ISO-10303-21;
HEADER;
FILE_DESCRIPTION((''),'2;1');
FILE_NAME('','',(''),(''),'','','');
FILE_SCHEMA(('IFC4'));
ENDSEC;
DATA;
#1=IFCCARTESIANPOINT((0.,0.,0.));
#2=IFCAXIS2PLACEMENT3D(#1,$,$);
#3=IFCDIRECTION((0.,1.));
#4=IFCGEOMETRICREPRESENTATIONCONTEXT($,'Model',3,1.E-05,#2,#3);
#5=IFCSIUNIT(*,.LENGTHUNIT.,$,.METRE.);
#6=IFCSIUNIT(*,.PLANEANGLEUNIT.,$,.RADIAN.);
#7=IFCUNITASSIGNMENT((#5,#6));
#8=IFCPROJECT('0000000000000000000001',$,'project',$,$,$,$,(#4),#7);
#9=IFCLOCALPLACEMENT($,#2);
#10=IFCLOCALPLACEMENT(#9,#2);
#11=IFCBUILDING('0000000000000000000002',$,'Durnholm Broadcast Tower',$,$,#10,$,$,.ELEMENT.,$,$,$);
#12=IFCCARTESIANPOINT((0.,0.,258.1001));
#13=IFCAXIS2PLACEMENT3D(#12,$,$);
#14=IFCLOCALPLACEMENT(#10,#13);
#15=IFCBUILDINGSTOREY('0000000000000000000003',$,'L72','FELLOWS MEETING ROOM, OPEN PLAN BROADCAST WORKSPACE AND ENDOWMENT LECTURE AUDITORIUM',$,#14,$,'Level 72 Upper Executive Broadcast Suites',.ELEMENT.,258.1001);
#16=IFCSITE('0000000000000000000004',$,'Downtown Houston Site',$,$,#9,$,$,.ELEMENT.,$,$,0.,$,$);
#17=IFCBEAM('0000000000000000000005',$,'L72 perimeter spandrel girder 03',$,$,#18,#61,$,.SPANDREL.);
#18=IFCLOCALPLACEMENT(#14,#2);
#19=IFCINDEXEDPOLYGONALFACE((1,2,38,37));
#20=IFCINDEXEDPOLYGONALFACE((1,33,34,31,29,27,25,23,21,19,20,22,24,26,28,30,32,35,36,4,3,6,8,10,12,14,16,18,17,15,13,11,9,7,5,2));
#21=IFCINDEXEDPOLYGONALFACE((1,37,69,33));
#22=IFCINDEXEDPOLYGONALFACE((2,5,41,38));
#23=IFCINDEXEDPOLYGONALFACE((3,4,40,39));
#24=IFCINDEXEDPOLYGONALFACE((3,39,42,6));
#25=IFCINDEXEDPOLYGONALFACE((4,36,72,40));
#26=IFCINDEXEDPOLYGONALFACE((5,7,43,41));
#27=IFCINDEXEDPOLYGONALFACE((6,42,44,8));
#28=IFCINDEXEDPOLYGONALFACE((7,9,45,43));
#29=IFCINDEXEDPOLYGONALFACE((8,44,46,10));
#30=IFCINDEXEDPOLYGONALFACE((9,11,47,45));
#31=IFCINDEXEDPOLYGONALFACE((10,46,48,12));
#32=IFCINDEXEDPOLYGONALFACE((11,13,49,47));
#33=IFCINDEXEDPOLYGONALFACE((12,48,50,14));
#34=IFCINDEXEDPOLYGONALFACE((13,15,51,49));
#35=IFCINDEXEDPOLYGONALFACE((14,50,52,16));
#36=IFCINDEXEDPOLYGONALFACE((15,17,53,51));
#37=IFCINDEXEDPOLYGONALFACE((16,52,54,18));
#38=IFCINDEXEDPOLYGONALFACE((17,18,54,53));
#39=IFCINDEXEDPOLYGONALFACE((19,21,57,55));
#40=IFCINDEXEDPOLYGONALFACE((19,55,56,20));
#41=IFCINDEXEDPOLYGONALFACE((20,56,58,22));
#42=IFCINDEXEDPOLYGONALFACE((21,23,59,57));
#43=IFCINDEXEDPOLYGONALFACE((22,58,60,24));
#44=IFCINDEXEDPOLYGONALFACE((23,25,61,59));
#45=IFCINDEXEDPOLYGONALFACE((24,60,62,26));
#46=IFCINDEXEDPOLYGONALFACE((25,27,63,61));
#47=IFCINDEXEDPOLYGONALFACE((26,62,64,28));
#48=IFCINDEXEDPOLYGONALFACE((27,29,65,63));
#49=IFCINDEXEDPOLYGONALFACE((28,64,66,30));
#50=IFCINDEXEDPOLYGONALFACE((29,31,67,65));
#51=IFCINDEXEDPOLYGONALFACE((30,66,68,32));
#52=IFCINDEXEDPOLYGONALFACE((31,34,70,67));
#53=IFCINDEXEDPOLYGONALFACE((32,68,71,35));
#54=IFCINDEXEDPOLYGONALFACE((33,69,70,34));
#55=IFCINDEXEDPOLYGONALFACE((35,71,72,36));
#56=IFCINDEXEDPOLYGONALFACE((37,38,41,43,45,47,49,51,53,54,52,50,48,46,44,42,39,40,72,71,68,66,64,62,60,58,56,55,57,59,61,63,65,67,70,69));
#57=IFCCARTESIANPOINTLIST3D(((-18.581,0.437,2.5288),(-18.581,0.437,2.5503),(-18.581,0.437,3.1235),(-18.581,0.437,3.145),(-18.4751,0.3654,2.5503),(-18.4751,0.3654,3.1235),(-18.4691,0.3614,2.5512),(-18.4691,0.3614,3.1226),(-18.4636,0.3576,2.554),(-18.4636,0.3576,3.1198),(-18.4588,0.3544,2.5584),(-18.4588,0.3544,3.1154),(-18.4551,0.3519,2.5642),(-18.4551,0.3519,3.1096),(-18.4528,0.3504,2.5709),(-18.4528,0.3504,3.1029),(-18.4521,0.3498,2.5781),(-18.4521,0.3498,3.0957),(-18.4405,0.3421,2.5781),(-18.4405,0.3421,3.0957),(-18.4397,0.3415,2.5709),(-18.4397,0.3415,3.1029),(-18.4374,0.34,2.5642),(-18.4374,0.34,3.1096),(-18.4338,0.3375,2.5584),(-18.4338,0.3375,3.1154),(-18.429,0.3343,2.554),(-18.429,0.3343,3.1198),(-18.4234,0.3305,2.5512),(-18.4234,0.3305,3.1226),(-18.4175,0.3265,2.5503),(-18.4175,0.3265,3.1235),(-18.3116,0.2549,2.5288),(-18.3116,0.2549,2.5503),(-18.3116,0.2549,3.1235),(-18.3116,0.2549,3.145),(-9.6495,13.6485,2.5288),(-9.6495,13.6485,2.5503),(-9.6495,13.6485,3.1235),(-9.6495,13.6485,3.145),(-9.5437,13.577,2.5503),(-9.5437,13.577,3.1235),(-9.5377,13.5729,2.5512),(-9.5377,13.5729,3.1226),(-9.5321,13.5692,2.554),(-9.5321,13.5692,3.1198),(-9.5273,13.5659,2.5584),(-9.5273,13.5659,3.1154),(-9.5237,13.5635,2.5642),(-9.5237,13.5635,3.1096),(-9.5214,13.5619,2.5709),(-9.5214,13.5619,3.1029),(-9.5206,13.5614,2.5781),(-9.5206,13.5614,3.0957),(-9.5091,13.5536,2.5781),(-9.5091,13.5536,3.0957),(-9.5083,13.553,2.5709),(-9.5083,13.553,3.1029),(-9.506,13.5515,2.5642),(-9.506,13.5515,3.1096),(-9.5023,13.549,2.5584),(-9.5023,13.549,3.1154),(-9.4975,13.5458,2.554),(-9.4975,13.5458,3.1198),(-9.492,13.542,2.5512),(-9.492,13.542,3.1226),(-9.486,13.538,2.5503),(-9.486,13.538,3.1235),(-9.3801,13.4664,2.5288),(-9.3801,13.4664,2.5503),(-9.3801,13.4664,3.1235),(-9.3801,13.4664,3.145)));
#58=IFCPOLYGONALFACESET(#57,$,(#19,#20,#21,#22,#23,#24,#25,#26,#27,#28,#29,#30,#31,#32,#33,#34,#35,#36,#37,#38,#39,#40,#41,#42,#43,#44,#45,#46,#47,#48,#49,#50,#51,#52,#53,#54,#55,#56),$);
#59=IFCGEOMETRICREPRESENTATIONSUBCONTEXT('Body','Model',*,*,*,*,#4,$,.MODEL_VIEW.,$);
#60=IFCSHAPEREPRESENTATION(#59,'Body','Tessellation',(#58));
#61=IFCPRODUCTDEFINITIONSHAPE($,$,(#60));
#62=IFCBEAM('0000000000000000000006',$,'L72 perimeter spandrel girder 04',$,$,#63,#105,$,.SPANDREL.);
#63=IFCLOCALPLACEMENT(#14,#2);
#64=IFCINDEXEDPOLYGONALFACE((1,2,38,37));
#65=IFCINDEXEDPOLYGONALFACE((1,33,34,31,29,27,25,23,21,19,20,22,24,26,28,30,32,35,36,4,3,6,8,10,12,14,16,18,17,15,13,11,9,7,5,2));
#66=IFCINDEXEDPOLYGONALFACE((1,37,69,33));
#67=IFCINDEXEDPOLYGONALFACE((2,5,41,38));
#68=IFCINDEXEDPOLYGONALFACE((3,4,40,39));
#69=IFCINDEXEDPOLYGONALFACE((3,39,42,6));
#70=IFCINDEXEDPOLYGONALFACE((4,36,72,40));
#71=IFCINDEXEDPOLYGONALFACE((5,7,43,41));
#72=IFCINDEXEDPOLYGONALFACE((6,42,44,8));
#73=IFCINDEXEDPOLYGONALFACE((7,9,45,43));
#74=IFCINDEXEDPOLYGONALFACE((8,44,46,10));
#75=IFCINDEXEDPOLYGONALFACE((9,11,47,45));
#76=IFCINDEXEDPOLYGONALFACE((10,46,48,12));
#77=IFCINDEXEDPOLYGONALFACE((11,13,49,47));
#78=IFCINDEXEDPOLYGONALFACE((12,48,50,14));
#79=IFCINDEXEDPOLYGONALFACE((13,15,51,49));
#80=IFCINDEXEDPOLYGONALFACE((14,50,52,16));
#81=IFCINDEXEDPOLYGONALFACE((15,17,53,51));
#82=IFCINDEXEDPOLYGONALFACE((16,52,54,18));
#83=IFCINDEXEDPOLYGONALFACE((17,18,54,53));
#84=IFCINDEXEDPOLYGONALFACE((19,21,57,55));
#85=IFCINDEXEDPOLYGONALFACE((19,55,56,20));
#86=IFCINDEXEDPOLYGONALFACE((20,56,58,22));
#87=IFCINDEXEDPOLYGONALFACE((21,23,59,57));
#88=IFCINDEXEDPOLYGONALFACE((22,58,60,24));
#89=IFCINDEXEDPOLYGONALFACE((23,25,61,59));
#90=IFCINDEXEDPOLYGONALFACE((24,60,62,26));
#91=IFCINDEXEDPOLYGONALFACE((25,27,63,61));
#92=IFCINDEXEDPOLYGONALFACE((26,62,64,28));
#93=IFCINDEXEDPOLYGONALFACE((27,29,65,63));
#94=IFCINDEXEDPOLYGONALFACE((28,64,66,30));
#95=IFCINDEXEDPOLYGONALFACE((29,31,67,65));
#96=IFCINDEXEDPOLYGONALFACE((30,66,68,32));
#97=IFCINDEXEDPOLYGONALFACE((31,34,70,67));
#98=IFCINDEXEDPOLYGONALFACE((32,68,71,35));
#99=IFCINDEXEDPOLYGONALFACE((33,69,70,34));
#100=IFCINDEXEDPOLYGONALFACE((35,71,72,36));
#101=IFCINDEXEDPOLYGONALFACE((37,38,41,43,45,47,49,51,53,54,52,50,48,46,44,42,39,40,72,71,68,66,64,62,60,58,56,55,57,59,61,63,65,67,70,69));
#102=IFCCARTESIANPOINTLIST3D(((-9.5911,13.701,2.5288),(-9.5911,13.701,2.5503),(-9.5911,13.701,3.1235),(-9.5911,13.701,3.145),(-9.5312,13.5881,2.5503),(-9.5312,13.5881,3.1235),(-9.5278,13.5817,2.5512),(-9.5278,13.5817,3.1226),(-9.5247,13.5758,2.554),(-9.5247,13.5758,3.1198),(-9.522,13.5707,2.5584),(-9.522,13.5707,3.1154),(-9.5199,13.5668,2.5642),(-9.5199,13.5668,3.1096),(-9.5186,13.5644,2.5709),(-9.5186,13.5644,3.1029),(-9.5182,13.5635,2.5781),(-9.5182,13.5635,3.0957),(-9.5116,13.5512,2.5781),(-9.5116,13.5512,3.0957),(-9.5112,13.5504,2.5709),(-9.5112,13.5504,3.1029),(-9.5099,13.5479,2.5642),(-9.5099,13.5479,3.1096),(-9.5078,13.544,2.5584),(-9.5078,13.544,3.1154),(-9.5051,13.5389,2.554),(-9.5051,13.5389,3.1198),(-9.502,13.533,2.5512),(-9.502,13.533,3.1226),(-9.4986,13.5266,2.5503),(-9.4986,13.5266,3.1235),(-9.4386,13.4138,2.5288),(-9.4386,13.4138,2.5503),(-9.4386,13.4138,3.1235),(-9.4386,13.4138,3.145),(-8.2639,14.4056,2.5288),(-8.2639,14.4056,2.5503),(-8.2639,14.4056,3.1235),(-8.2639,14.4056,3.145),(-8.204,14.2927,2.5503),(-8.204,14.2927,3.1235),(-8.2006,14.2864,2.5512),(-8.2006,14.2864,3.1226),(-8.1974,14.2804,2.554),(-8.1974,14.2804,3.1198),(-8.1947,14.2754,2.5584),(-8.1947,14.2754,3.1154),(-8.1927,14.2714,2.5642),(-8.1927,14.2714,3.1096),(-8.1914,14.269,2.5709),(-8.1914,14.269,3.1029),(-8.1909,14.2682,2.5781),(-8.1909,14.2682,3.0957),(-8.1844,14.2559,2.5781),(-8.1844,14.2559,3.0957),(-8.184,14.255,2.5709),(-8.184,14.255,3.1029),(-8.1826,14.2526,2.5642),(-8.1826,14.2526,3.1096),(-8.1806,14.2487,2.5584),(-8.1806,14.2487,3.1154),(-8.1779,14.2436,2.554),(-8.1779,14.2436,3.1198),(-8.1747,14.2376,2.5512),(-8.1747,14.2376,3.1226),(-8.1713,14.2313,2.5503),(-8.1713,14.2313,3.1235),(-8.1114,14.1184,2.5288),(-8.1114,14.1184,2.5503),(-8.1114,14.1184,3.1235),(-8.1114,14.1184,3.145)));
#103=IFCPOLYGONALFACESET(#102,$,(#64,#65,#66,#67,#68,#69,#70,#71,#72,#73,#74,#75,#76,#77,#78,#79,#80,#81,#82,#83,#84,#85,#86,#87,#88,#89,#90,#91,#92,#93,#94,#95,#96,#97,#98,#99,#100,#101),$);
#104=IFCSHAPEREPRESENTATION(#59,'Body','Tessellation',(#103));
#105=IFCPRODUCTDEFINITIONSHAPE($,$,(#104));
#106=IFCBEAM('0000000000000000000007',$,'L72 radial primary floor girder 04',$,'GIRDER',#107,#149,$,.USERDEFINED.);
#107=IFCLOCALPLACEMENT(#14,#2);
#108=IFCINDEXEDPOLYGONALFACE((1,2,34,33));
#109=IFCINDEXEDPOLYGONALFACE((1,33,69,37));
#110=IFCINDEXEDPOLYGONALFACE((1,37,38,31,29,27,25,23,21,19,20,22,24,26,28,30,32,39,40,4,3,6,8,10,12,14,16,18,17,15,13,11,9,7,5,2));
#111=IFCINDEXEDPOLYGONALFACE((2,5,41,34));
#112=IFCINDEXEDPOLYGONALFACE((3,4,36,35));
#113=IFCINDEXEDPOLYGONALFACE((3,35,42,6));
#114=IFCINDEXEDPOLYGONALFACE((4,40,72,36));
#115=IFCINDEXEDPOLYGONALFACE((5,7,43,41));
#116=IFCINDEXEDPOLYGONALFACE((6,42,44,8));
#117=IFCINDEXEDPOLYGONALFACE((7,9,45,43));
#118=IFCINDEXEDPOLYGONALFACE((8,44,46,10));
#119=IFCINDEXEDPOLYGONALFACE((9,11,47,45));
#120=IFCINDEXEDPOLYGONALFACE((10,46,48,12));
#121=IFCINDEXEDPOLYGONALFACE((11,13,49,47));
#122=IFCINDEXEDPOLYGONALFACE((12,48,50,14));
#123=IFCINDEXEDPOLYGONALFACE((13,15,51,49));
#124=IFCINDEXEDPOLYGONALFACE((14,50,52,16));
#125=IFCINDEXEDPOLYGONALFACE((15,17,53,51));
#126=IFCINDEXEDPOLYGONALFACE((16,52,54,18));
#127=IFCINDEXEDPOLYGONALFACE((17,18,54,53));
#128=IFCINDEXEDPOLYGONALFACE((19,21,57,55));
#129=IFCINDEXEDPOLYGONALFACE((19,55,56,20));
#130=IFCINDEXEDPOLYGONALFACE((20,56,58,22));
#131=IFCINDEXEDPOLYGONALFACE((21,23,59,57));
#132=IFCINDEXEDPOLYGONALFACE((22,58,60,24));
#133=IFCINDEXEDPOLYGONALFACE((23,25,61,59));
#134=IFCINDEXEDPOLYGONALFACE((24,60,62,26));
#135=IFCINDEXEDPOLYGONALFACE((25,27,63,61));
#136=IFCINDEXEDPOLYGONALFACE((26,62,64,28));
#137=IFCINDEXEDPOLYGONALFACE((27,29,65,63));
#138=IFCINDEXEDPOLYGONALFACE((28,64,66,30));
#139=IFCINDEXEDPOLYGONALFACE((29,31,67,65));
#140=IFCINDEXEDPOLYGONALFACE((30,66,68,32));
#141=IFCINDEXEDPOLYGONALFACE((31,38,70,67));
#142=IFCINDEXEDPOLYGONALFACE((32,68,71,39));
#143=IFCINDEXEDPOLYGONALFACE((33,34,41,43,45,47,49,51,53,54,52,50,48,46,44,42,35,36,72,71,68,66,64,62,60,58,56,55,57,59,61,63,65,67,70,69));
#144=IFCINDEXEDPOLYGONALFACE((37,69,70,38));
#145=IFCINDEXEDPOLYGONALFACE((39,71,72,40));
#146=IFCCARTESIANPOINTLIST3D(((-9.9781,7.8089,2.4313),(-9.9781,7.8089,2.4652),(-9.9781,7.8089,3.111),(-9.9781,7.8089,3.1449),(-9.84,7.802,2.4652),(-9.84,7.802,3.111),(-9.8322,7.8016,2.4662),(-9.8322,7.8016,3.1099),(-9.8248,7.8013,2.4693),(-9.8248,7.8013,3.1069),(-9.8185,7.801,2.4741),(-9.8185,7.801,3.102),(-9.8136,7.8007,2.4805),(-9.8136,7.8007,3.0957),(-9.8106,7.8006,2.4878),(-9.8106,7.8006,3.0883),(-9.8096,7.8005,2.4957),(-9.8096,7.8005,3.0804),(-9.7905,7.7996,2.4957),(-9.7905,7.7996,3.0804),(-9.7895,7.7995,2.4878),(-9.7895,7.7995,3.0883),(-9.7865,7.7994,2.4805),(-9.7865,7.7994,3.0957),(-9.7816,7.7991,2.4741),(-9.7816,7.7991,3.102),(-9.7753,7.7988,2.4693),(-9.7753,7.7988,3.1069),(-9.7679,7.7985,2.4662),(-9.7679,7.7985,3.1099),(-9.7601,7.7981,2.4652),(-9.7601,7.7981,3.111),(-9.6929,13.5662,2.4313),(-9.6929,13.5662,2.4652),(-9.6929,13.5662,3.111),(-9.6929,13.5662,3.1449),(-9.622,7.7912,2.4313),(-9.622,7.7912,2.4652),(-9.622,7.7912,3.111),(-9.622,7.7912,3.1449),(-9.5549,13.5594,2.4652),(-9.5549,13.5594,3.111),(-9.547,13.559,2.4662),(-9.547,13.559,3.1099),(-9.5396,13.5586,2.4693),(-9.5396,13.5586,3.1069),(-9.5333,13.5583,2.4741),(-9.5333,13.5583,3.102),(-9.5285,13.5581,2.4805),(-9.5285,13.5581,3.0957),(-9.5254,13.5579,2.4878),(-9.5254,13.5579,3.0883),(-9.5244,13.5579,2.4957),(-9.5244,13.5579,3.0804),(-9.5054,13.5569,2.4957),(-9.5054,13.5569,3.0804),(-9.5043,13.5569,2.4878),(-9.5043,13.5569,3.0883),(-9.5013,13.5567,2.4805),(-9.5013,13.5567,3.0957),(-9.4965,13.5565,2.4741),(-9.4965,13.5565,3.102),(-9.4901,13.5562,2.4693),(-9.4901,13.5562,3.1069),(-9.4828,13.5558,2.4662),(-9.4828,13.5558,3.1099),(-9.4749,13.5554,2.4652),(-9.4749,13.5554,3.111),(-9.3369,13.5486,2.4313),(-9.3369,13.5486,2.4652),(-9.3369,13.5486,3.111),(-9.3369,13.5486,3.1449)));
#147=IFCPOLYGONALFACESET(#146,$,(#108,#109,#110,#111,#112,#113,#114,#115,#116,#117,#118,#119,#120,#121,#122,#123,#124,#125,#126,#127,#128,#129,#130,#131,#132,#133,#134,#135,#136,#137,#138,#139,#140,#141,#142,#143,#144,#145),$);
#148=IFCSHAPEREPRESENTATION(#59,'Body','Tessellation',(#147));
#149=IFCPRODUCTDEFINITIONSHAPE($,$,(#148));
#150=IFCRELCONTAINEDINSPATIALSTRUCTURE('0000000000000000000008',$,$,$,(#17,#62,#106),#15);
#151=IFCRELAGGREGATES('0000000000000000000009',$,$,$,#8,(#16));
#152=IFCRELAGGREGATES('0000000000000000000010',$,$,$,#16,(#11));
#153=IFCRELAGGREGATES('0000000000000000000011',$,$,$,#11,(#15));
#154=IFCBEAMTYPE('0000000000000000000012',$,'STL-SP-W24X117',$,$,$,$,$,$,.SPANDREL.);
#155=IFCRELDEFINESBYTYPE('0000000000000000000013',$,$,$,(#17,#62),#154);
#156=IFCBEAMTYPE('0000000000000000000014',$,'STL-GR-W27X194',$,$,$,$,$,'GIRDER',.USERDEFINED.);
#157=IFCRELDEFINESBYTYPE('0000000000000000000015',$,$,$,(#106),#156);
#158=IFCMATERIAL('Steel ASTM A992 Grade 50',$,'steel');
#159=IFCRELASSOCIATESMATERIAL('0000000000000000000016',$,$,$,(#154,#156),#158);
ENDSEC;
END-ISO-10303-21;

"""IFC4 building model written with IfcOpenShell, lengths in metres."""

from ifc_helpers import new_model, si_unit, direction, frame, origin, origin_2d, place, context, subcontext, project, spatial, i_section, extrude, source, transform, mapped, material, material_profile, profile_set, type_object, type_shapes, element, save


model = new_model("IFC4")

# Units and contexts
model_context = context("Model", 3, precision=1e-05, world=origin(), true_north=direction((0.0, 1.0)))
body_context = subcontext(model_context, "Body", "Model", "MODEL_VIEW")
ifc_project = project(units=[si_unit("LENGTHUNIT", "METRE"), si_unit("PLANEANGLEUNIT", "RADIAN")], contexts=[model_context])

# Site, building, storey
site_placement = place(None, origin())
site = spatial("IfcSite", under=ifc_project, at=site_placement, Name="Downtown Houston Site", CompositionType="ELEMENT", RefElevation=0.0)
building_placement = place(site_placement, origin())
building = spatial("IfcBuilding", under=site, at=building_placement, Name="Durnholm Broadcast Tower", CompositionType="ELEMENT")
storey_placement = place(building_placement, frame((0.0, 0.0, 258.1001)))
storey = spatial("IfcBuildingStorey", under=building, at=storey_placement, Name="L72", Description="FELLOWS MEETING ROOM, OPEN PLAN BROADCAST WORKSPACE AND ENDOWMENT LECTURE AUDITORIUM", LongName="Level 72 Upper Executive Broadcast Suites", CompositionType="ELEMENT", Elevation=258.1001)

# Beams
ifc_material_1 = material(Name="Steel ASTM A992 Grade 50", Category="steel")
ifc_material_profile_1 = material_profile(ifc_material_1, i_section(OverallWidth=0.3252, OverallDepth=0.6162, WebThickness=0.0139, FlangeThickness=0.0215, FilletRadius=0.0278, at=origin_2d()), Name="W24X117")
ifc_profile_set_1 = profile_set([ifc_material_profile_1], Name="Steel ASTM A992 Grade 50")
beam_type_1 = type_object("IfcBeamType", Name="STL-SP-W24X117", PredefinedType="SPANDREL", material=ifc_profile_set_1)
shared_shape_1 = source(origin(), body_context, "Body", "SweptSolid", [
    extrude(i_section(OverallWidth=0.3252, OverallDepth=0.6162, WebThickness=0.0139, FlangeThickness=0.0215, FilletRadius=0.0278, at=origin_2d()), origin(), (0.0, 0.0, 1.0), 15.9473),
])
beam_1_placement = place(storey_placement, frame((-18.4463, 0.3459, 2.8369), z_axis=(0.560062, 0.828451, 0.0), x_axis=(-0.828451, 0.560062, 0.0)))
element("IfcBeam", 1, at=beam_1_placement, inside=storey, type_object=beam_type_1, Name="L72 perimeter spandrel girder 03", PredefinedType="SPANDREL", context=body_context, shape_type="MappedRepresentation", body=[
    mapped(shared_shape_1, transform((0.0, 0.0, 0.0), x_axis=(1.0, 0.0, 0.0), y_axis=(0.0, 1.0, 0.0), z_axis=(0.0, 0.0, 1.0), scale=1.0)),
])
shared_shape_2 = source(origin(), body_context, "Body", "SweptSolid", [
    extrude(i_section(OverallWidth=0.3252, OverallDepth=0.6162, WebThickness=0.0139, FlangeThickness=0.0215, FilletRadius=0.0278, at=origin_2d()), origin(), (0.0, 0.0, 1.0), 1.5027),
])
type_shapes(beam_type_1, [shared_shape_1, shared_shape_2])
beam_2_placement = place(storey_placement, frame((-9.5149, 13.5574, 2.8369), z_axis=(0.883242, 0.468918, 0.0), x_axis=(-0.468918, 0.883242, 0.0)))
element("IfcBeam", 2, at=beam_2_placement, inside=storey, type_object=beam_type_1, Name="L72 perimeter spandrel girder 04", PredefinedType="SPANDREL", context=body_context, shape_type="MappedRepresentation", body=[
    mapped(shared_shape_2, transform((0.0, 0.0, 0.0), x_axis=(1.0, 0.0, 0.0), y_axis=(0.0, 1.0, 0.0), z_axis=(0.0, 0.0, 1.0), scale=1.0)),
])
ifc_material_profile_2 = material_profile(ifc_material_1, i_section(OverallWidth=0.3564, OverallDepth=0.7136, WebThickness=0.019, FlangeThickness=0.0339, FilletRadius=0.0305, at=origin_2d()), Name="W27X194")
ifc_profile_set_2 = profile_set([ifc_material_profile_2], Name="Steel ASTM A992 Grade 50")
beam_type_2 = type_object("IfcBeamType", Name="STL-GR-W27X194", ElementType="GIRDER", PredefinedType="USERDEFINED", material=ifc_profile_set_2)
shared_shape_3 = source(origin(), body_context, "Body", "SweptSolid", [
    extrude(i_section(OverallWidth=0.3564, OverallDepth=0.7136, WebThickness=0.019, FlangeThickness=0.0339, FilletRadius=0.0305, at=origin_2d()), origin(), (0.0, 0.0, 1.0), 5.7644),
])
beam_3_placement = place(storey_placement, frame((-9.8, 7.8, 2.7881), z_axis=(0.049469, 0.998776, 0.0), x_axis=(-0.998776, 0.049469, 0.0)))
element("IfcBeam", 3, at=beam_3_placement, inside=storey, type_object=beam_type_2, Name="L72 radial primary floor girder 04", ObjectType="GIRDER", PredefinedType="USERDEFINED", context=body_context, shape_type="MappedRepresentation", body=[
    mapped(shared_shape_3, transform((0.0, 0.0, 0.0), x_axis=(1.0, 0.0, 0.0), y_axis=(0.0, 1.0, 0.0), z_axis=(0.0, 0.0, 1.0), scale=1.0)),
])

save(model, "model.ifc")
